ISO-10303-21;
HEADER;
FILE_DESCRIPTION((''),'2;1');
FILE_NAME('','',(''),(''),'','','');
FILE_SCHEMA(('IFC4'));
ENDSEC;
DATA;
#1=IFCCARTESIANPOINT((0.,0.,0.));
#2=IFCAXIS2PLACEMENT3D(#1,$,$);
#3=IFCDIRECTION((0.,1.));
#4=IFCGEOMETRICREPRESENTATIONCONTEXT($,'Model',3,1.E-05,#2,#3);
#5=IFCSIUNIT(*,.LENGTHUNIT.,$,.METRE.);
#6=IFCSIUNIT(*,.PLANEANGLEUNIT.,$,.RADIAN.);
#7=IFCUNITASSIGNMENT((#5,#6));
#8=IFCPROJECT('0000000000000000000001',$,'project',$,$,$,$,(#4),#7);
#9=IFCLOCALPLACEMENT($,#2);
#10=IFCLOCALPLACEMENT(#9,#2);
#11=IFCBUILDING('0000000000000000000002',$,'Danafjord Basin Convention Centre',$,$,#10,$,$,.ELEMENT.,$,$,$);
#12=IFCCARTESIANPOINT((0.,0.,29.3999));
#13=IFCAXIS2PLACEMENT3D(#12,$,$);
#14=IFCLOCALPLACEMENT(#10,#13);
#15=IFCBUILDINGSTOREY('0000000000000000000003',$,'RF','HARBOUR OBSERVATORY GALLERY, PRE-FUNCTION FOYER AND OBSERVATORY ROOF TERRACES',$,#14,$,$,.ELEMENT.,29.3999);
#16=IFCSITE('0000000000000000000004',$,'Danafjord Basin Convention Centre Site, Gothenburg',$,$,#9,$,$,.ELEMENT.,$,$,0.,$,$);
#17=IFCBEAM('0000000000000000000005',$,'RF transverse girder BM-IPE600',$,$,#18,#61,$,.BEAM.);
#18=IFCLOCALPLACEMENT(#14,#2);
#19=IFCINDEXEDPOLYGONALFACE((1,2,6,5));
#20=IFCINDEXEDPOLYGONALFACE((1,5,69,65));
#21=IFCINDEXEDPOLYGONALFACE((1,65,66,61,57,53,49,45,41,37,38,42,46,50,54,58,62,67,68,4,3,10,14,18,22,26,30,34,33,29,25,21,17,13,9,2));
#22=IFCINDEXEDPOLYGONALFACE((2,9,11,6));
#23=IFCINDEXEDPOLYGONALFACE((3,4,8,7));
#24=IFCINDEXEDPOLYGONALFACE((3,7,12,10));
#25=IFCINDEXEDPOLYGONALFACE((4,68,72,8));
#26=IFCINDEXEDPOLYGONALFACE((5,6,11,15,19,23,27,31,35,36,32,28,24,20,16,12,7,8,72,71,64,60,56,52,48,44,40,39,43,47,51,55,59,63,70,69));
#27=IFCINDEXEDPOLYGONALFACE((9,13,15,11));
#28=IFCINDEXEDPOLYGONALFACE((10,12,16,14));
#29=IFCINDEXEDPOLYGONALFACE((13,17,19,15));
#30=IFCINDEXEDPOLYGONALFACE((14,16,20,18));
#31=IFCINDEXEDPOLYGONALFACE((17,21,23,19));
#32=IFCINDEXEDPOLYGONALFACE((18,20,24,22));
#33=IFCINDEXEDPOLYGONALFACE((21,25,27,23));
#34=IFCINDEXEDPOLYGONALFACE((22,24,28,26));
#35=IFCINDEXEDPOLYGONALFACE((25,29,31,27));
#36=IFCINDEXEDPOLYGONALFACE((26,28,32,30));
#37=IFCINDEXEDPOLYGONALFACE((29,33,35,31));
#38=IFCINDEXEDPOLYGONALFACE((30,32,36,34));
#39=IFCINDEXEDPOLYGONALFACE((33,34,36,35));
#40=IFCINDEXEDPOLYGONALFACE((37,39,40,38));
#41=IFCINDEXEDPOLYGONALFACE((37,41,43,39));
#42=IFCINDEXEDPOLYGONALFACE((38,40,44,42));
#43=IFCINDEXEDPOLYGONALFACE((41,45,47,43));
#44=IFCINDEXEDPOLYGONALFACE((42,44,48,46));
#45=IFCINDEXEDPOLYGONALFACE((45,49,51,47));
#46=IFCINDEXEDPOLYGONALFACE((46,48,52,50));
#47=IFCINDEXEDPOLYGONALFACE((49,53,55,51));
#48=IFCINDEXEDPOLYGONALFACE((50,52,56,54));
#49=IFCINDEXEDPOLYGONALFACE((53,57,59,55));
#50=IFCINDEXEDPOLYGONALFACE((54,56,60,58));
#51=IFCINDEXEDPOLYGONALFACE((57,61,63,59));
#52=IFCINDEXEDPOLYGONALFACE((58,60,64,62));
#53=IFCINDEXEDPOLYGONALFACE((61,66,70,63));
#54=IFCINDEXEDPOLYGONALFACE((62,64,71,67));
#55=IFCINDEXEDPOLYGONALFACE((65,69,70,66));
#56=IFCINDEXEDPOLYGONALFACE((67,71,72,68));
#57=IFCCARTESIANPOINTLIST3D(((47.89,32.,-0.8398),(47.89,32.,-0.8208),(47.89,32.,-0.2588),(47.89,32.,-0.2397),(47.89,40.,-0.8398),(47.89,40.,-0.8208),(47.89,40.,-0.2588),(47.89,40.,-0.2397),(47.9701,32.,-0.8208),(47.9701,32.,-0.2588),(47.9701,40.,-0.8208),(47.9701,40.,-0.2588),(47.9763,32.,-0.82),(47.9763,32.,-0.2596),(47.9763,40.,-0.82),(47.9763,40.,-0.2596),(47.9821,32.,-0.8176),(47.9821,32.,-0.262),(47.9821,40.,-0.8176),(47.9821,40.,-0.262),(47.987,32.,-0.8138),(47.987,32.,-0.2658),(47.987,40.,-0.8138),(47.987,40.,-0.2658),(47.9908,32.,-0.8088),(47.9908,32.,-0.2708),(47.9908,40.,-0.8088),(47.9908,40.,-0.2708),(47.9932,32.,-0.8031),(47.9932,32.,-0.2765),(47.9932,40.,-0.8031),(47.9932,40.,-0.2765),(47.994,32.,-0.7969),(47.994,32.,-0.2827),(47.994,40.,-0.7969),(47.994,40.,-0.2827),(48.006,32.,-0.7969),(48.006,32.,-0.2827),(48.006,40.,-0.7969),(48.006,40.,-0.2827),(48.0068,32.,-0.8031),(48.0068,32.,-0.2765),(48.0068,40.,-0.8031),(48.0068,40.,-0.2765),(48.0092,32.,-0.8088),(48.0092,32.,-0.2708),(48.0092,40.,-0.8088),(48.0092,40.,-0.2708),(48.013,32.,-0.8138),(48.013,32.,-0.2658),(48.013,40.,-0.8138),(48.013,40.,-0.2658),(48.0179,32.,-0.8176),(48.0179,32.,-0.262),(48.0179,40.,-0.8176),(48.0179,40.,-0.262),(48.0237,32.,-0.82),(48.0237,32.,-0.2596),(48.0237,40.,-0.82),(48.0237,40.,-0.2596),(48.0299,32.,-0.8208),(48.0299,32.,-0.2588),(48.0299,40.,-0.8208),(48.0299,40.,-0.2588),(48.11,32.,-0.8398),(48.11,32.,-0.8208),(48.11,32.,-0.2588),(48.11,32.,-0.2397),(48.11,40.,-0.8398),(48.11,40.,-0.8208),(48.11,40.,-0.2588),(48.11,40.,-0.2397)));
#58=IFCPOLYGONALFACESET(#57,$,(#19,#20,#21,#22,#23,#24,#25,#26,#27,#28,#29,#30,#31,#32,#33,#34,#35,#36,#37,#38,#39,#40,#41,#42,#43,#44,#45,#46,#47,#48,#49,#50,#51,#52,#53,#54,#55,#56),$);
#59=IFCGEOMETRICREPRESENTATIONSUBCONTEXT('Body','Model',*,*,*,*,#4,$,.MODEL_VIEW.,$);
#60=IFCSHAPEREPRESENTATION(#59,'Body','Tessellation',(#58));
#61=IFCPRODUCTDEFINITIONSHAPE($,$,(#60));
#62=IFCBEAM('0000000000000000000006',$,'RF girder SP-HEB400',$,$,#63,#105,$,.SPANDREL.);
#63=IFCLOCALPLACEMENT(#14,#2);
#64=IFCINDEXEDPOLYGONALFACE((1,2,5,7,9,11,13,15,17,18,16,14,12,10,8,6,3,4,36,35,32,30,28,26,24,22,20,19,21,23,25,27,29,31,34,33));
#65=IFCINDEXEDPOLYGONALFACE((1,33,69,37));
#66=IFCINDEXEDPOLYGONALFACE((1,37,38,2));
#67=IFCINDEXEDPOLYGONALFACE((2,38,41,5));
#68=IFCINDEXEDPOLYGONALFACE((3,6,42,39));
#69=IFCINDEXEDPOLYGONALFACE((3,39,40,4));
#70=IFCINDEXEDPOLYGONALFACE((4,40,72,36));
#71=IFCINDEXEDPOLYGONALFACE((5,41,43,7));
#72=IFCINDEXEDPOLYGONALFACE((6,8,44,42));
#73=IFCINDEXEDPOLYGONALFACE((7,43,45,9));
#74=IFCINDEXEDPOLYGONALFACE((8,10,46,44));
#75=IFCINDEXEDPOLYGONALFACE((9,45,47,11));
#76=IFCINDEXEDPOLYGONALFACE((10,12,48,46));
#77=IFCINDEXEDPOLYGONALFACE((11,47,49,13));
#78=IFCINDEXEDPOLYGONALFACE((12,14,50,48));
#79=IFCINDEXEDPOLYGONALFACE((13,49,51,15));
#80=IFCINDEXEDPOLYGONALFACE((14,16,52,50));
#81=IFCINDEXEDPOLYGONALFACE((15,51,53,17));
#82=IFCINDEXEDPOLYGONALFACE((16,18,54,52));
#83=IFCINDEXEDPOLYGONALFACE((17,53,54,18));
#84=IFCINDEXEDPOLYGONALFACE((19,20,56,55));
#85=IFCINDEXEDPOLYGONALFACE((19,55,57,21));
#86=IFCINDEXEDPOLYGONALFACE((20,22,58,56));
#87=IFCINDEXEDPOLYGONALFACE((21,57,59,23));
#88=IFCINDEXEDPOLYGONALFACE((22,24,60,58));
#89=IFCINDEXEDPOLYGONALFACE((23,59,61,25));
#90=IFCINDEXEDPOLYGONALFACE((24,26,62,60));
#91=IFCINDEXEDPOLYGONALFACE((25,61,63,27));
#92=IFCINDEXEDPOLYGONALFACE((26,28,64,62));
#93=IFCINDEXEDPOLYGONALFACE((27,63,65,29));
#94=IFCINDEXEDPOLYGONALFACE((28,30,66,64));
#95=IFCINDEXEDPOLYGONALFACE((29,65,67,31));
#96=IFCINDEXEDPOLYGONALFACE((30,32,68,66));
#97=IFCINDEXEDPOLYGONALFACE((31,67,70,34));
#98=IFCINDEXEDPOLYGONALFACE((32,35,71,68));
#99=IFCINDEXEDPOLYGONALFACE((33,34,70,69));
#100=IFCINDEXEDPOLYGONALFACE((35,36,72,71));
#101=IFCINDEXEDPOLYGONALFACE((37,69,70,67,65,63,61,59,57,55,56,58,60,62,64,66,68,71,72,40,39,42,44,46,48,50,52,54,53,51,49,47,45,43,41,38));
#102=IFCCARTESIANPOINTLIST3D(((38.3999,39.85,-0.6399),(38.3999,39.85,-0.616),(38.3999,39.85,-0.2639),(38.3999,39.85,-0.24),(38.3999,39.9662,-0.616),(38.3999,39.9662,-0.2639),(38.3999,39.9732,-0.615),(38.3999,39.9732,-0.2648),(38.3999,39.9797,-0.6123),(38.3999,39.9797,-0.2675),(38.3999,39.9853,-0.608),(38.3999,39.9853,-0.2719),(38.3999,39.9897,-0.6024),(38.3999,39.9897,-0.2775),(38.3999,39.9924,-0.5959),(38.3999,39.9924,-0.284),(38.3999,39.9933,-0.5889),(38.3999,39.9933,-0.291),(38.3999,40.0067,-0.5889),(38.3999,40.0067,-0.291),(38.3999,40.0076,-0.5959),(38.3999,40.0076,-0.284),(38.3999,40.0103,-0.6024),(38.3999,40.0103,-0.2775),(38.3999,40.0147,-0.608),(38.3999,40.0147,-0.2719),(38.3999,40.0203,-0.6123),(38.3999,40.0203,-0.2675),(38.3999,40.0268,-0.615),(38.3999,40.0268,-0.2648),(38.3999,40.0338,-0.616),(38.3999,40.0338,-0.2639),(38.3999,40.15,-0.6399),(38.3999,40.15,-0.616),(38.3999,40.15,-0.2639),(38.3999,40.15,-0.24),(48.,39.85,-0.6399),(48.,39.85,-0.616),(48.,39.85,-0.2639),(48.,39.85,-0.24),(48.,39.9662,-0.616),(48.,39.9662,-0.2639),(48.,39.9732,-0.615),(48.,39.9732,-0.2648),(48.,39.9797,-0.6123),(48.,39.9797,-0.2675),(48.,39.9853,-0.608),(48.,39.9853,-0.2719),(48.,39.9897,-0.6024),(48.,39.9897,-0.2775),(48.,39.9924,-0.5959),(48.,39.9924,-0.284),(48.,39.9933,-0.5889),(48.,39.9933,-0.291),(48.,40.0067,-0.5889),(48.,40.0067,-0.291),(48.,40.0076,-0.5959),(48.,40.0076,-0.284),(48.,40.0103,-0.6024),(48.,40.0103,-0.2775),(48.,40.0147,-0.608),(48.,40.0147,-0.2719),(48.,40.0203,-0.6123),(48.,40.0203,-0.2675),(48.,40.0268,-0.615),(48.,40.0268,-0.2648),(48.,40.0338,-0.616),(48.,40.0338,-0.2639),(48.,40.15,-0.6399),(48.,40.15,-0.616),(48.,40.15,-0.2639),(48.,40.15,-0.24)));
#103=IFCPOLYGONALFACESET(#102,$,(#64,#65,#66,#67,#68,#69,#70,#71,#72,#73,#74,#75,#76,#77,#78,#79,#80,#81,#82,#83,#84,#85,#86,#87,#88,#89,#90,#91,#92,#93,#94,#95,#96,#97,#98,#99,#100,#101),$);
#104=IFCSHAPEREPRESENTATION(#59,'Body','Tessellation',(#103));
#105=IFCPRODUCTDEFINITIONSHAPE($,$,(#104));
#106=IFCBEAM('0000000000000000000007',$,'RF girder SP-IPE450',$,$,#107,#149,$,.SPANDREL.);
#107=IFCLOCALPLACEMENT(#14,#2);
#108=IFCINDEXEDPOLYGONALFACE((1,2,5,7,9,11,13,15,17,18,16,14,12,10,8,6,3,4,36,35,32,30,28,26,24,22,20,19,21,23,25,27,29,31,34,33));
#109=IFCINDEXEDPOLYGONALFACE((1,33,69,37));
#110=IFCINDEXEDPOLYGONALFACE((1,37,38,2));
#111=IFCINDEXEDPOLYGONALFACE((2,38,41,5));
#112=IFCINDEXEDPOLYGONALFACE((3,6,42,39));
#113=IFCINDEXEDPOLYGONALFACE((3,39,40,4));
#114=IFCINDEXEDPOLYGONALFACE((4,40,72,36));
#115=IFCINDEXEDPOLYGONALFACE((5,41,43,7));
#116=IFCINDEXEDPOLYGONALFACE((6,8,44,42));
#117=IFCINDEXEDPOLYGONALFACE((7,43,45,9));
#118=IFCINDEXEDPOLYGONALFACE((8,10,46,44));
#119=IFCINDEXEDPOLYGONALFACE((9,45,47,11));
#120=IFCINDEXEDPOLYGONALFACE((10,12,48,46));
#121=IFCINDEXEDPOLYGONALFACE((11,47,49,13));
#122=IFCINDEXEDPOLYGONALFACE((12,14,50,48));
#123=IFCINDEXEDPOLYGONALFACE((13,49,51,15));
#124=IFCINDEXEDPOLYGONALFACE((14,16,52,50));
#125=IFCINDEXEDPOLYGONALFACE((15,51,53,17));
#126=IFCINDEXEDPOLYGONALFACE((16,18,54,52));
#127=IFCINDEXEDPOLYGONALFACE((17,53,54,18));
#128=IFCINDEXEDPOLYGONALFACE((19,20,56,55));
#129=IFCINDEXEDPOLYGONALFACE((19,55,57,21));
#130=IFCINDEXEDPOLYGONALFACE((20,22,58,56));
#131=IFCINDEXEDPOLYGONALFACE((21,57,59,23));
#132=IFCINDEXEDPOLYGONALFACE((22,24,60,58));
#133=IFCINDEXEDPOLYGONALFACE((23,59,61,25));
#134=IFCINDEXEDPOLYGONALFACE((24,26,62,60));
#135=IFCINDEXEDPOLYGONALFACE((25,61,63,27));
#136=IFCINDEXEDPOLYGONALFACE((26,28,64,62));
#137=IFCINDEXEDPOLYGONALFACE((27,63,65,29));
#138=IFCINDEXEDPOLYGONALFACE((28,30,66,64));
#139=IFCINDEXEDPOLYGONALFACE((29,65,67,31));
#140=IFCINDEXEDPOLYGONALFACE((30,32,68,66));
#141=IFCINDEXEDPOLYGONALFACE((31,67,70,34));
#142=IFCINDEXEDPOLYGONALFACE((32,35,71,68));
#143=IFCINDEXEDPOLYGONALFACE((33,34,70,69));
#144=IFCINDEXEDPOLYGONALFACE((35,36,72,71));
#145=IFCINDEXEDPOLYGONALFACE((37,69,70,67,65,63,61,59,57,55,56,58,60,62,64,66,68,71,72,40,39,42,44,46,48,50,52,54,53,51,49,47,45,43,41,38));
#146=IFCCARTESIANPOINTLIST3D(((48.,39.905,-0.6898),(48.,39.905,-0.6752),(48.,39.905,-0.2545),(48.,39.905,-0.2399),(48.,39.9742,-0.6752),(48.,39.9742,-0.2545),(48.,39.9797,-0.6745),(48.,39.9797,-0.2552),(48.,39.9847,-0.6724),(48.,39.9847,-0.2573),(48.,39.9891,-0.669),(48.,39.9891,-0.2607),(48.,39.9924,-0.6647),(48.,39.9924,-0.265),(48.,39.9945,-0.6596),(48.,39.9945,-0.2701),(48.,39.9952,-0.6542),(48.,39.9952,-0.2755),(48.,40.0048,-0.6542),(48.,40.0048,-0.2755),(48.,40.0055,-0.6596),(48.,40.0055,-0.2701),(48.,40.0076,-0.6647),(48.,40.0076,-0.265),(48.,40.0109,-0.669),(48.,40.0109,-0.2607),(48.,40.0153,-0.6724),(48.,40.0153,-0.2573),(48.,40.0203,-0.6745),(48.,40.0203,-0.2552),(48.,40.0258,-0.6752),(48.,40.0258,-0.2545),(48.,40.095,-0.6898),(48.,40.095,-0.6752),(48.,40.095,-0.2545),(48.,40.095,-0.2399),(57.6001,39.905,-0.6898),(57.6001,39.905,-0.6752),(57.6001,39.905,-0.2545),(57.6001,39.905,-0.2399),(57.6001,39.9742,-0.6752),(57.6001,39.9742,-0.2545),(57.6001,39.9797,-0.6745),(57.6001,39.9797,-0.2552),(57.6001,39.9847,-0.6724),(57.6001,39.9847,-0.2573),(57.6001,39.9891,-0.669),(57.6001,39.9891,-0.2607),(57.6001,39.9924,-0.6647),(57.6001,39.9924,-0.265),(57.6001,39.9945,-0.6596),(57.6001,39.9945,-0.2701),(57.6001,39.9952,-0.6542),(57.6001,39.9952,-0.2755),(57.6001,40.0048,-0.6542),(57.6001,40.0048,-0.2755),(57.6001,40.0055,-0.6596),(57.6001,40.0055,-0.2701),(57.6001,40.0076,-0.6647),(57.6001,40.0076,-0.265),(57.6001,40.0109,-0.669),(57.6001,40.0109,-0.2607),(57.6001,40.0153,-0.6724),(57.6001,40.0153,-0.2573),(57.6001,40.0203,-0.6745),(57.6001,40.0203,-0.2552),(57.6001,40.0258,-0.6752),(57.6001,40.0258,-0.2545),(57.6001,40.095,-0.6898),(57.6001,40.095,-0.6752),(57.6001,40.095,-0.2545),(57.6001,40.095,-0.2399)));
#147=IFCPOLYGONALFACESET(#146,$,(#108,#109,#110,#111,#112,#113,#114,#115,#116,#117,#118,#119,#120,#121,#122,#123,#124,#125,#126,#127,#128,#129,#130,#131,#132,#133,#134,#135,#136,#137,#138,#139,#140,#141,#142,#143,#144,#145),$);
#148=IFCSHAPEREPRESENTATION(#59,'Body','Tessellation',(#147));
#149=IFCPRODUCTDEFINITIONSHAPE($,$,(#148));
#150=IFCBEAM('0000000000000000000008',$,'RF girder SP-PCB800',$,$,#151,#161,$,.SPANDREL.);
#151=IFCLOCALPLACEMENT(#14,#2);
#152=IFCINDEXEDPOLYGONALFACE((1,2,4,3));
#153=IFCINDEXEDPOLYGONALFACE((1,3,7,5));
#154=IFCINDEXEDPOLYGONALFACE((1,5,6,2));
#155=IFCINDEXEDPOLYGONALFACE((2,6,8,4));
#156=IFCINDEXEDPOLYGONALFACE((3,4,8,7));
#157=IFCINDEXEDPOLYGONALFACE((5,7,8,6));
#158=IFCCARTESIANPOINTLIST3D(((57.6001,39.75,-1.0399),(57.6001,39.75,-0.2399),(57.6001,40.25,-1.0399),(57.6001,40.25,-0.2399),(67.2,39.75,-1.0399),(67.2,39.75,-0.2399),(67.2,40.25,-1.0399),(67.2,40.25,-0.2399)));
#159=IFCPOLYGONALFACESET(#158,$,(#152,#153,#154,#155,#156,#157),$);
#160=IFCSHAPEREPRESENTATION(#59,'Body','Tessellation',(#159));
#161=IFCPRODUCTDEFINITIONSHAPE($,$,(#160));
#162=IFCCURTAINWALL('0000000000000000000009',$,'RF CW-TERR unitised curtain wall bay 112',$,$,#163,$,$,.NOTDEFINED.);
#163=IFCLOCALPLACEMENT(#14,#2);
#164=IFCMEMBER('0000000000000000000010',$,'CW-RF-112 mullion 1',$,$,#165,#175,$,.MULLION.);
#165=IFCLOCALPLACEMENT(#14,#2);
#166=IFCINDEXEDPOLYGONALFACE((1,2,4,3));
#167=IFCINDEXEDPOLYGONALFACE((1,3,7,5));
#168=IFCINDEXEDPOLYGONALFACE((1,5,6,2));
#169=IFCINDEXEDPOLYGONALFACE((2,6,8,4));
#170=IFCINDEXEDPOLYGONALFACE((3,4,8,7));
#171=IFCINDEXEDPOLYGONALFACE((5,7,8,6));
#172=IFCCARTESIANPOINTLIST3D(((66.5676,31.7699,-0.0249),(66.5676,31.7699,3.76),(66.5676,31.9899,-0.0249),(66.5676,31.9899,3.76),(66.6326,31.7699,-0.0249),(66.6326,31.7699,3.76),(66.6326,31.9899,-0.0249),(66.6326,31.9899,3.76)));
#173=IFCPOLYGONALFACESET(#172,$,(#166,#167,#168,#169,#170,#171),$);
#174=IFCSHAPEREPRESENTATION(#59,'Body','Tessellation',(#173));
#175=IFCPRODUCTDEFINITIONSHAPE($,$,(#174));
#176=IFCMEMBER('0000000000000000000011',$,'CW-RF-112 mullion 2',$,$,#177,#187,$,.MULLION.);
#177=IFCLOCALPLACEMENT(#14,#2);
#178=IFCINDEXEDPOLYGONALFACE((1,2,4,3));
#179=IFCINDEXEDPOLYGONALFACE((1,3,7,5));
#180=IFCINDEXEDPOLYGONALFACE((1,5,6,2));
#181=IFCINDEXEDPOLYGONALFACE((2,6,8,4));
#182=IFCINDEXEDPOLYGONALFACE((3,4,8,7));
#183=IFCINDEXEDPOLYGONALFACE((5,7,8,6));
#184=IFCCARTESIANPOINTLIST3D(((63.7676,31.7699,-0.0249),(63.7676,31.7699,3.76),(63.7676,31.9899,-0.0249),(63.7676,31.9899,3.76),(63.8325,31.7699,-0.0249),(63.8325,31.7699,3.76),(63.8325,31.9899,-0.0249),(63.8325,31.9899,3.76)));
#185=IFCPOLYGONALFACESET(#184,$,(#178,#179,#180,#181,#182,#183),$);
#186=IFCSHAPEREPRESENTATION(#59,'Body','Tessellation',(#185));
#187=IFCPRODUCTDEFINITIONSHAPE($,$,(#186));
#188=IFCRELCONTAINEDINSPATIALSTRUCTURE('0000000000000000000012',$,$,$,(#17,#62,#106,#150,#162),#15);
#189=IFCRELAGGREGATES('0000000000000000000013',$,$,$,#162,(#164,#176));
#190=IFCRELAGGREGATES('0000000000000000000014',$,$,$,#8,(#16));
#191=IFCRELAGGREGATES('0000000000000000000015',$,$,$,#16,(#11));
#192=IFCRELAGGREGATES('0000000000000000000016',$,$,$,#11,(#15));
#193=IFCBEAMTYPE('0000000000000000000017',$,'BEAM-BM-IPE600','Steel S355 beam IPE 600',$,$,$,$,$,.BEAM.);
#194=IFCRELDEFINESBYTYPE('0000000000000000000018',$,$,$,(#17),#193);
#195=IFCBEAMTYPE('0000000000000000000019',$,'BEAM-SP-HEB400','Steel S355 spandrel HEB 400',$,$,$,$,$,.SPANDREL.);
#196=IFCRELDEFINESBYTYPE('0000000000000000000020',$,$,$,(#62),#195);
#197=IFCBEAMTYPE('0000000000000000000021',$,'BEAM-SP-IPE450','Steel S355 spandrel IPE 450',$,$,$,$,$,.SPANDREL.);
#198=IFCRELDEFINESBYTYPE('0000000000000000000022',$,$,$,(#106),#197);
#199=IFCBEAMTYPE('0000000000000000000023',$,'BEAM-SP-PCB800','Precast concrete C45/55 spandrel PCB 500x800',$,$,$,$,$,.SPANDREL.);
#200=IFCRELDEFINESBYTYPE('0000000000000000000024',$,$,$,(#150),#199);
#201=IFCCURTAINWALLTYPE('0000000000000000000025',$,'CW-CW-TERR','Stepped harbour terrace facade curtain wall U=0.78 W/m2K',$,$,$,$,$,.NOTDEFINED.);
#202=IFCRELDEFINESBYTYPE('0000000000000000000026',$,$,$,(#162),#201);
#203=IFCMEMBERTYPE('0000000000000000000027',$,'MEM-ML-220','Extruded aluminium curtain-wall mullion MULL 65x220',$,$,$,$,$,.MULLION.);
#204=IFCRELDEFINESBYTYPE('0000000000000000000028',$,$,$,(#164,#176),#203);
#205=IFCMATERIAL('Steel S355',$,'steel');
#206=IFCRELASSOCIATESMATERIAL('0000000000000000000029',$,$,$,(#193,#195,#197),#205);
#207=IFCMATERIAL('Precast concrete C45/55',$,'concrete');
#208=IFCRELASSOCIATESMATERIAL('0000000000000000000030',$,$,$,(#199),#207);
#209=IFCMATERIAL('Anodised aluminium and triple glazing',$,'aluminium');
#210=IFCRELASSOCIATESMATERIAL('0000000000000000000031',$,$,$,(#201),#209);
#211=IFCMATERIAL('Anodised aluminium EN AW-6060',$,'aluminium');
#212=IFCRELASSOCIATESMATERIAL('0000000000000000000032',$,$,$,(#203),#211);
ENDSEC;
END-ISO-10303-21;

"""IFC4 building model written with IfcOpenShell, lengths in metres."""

from ifc_helpers import new_model, si_unit, direction, frame, origin, origin_2d, place, context, subcontext, project, spatial, rectangle, i_section, extrude, material, material_profile, profile_set, type_object, element, aggregate, save


model = new_model("IFC4")

# Units and contexts
model_context = context("Model", 3, precision=1e-05, world=origin(), true_north=direction((0.0, 1.0)))
body_context = subcontext(model_context, "Body", "Model", "MODEL_VIEW")
ifc_project = project(units=[si_unit("LENGTHUNIT", "METRE"), si_unit("PLANEANGLEUNIT", "RADIAN")], contexts=[model_context])

# Site, building, storey
site_placement = place(None, origin())
site = spatial("IfcSite", under=ifc_project, at=site_placement, Name="Danafjord Basin Convention Centre Site, Gothenburg", CompositionType="ELEMENT", RefElevation=0.0)
building_placement = place(site_placement, origin())
building = spatial("IfcBuilding", under=site, at=building_placement, Name="Danafjord Basin Convention Centre", CompositionType="ELEMENT")
storey_placement = place(building_placement, frame((0.0, 0.0, 29.3999)))
storey = spatial("IfcBuildingStorey", under=building, at=storey_placement, Name="RF", Description="HARBOUR OBSERVATORY GALLERY, PRE-FUNCTION FOYER AND OBSERVATORY ROOF TERRACES", CompositionType="ELEMENT", Elevation=29.3999)

# Shared definitions
ifc_material_1 = material(Name="Steel S355", Category="steel")

# Beams
ifc_material_profile_1 = material_profile(ifc_material_1, i_section(OverallWidth=0.22, OverallDepth=0.6001, WebThickness=0.012, FlangeThickness=0.019, FilletRadius=0.0239, at=origin_2d()), Name="IPE 600")
ifc_profile_set_1 = profile_set([ifc_material_profile_1], Name="Steel S355")
beam_type_1 = type_object("IfcBeamType", Name="BEAM-BM-IPE600", Description="Steel S355 beam IPE 600", PredefinedType="BEAM", material=ifc_profile_set_1)
beam_1_placement = place(storey_placement, frame((48.0, 32.0, -0.5398), z_axis=(0.0, 1.0, 0.0), x_axis=(-1.0, 0.0, 0.0)))
element("IfcBeam", 1, at=beam_1_placement, inside=storey, type_object=beam_type_1, Name="RF transverse girder BM-IPE600", PredefinedType="BEAM", context=body_context, shape_type="SweptSolid", body=[
    extrude(i_section(OverallWidth=0.22, OverallDepth=0.6001, WebThickness=0.012, FlangeThickness=0.019, FilletRadius=0.0239, at=origin_2d()), origin(), (0.0, 0.0, 1.0), 8.0),
])
ifc_material_profile_2 = material_profile(ifc_material_1, i_section(OverallWidth=0.3, OverallDepth=0.3999, WebThickness=0.0134, FlangeThickness=0.0239, FilletRadius=0.0271, at=origin_2d()), Name="HEB 400")
ifc_profile_set_2 = profile_set([ifc_material_profile_2], Name="Steel S355")
beam_type_2 = type_object("IfcBeamType", Name="BEAM-SP-HEB400", Description="Steel S355 spandrel HEB 400", PredefinedType="SPANDREL", material=ifc_profile_set_2)
beam_2_placement = place(storey_placement, frame((38.3999, 40.0, -0.4399), z_axis=(1.0, 0.0, 0.0), x_axis=(0.0, 1.0, 0.0)))
element("IfcBeam", 2, at=beam_2_placement, inside=storey, type_object=beam_type_2, Name="RF girder SP-HEB400", PredefinedType="SPANDREL", context=body_context, shape_type="SweptSolid", body=[
    extrude(i_section(OverallWidth=0.3, OverallDepth=0.3999, WebThickness=0.0134, FlangeThickness=0.0239, FilletRadius=0.0271, at=origin_2d()), origin(), (0.0, 0.0, 1.0), 9.6001),
])
ifc_material_profile_3 = material_profile(ifc_material_1, i_section(OverallWidth=0.1899, OverallDepth=0.45, WebThickness=0.0095, FlangeThickness=0.0146, FilletRadius=0.021, at=origin_2d()), Name="IPE 450")
ifc_profile_set_3 = profile_set([ifc_material_profile_3], Name="Steel S355")
beam_type_3 = type_object("IfcBeamType", Name="BEAM-SP-IPE450", Description="Steel S355 spandrel IPE 450", PredefinedType="SPANDREL", material=ifc_profile_set_3)
beam_3_placement = place(storey_placement, frame((48.0, 40.0, -0.4648), z_axis=(1.0, 0.0, 0.0), x_axis=(0.0, 1.0, 0.0)))
element("IfcBeam", 3, at=beam_3_placement, inside=storey, type_object=beam_type_3, Name="RF girder SP-IPE450", PredefinedType="SPANDREL", context=body_context, shape_type="SweptSolid", body=[
    extrude(i_section(OverallWidth=0.1899, OverallDepth=0.45, WebThickness=0.0095, FlangeThickness=0.0146, FilletRadius=0.021, at=origin_2d()), origin(), (0.0, 0.0, 1.0), 9.6001),
])
ifc_material_2 = material(Name="Precast concrete C45/55", Category="concrete")
ifc_material_profile_4 = material_profile(ifc_material_2, rectangle(XDim=0.5, YDim=0.8, at=origin_2d()), Name="PCB 500x800")
ifc_profile_set_4 = profile_set([ifc_material_profile_4], Name="Precast concrete C45/55")
beam_type_4 = type_object("IfcBeamType", Name="BEAM-SP-PCB800", Description="Precast concrete C45/55 spandrel PCB 500x800", PredefinedType="SPANDREL", material=ifc_profile_set_4)
beam_4_placement = place(storey_placement, frame((57.6001, 40.0, -0.6399), z_axis=(1.0, 0.0, 0.0), x_axis=(0.0, 1.0, 0.0)))
element("IfcBeam", 4, at=beam_4_placement, inside=storey, type_object=beam_type_4, Name="RF girder SP-PCB800", PredefinedType="SPANDREL", context=body_context, shape_type="SweptSolid", body=[
    extrude(rectangle(XDim=0.5, YDim=0.8, at=origin_2d()), origin(), (0.0, 0.0, 1.0), 9.5999),
])

# Curtain wall, members
ifc_material_3 = material(Name="Anodised aluminium and triple glazing", Category="aluminium")
curtain_wall_type = type_object("IfcCurtainWallType", Name="CW-CW-TERR", Description="Stepped harbour terrace facade curtain wall U=0.78 W/m2K", PredefinedType="NOTDEFINED", material=ifc_material_3)
curtain_wall_placement = place(storey_placement, origin())
curtain_wall = element("IfcCurtainWall", 5, at=curtain_wall_placement, inside=storey, type_object=curtain_wall_type, Name="RF CW-TERR unitised curtain wall bay 112", PredefinedType="NOTDEFINED")
ifc_material_4 = material(Name="Anodised aluminium EN AW-6060", Category="aluminium")
ifc_material_profile_5 = material_profile(ifc_material_4, rectangle(XDim=0.0649, YDim=0.22, at=origin_2d()), Name="MULL 65x220")
ifc_profile_set_5 = profile_set([ifc_material_profile_5], Name="Anodised aluminium EN AW-6060")
member_type_1 = type_object("IfcMemberType", Name="MEM-ML-220", Description="Extruded aluminium curtain-wall mullion MULL 65x220", PredefinedType="MULLION", material=ifc_profile_set_5)
member_1_placement = place(storey_placement, frame((66.6001, 31.8799, -0.0249), z_axis=(0.0, 0.0, 1.0), x_axis=(-1.0, 0.0, 0.0)))
member_1 = element("IfcMember", 6, at=member_1_placement, type_object=member_type_1, Name="CW-RF-112 mullion 1", PredefinedType="MULLION", context=body_context, shape_type="SweptSolid", body=[
    extrude(rectangle(XDim=0.0649, YDim=0.22, at=origin_2d()), origin(), (0.0, 0.0, 1.0), 3.7849),
])
member_2_placement = place(storey_placement, frame((63.8, 31.8799, -0.0249), z_axis=(0.0, 0.0, 1.0), x_axis=(-1.0, 0.0, 0.0)))
member_2 = element("IfcMember", 7, at=member_2_placement, type_object=member_type_1, Name="CW-RF-112 mullion 2", PredefinedType="MULLION", context=body_context, shape_type="SweptSolid", body=[
    extrude(rectangle(XDim=0.0649, YDim=0.22, at=origin_2d()), origin(), (0.0, 0.0, 1.0), 3.7849),
])

aggregate(curtain_wall, [member_1, member_2])

save(model, "model.ifc")
